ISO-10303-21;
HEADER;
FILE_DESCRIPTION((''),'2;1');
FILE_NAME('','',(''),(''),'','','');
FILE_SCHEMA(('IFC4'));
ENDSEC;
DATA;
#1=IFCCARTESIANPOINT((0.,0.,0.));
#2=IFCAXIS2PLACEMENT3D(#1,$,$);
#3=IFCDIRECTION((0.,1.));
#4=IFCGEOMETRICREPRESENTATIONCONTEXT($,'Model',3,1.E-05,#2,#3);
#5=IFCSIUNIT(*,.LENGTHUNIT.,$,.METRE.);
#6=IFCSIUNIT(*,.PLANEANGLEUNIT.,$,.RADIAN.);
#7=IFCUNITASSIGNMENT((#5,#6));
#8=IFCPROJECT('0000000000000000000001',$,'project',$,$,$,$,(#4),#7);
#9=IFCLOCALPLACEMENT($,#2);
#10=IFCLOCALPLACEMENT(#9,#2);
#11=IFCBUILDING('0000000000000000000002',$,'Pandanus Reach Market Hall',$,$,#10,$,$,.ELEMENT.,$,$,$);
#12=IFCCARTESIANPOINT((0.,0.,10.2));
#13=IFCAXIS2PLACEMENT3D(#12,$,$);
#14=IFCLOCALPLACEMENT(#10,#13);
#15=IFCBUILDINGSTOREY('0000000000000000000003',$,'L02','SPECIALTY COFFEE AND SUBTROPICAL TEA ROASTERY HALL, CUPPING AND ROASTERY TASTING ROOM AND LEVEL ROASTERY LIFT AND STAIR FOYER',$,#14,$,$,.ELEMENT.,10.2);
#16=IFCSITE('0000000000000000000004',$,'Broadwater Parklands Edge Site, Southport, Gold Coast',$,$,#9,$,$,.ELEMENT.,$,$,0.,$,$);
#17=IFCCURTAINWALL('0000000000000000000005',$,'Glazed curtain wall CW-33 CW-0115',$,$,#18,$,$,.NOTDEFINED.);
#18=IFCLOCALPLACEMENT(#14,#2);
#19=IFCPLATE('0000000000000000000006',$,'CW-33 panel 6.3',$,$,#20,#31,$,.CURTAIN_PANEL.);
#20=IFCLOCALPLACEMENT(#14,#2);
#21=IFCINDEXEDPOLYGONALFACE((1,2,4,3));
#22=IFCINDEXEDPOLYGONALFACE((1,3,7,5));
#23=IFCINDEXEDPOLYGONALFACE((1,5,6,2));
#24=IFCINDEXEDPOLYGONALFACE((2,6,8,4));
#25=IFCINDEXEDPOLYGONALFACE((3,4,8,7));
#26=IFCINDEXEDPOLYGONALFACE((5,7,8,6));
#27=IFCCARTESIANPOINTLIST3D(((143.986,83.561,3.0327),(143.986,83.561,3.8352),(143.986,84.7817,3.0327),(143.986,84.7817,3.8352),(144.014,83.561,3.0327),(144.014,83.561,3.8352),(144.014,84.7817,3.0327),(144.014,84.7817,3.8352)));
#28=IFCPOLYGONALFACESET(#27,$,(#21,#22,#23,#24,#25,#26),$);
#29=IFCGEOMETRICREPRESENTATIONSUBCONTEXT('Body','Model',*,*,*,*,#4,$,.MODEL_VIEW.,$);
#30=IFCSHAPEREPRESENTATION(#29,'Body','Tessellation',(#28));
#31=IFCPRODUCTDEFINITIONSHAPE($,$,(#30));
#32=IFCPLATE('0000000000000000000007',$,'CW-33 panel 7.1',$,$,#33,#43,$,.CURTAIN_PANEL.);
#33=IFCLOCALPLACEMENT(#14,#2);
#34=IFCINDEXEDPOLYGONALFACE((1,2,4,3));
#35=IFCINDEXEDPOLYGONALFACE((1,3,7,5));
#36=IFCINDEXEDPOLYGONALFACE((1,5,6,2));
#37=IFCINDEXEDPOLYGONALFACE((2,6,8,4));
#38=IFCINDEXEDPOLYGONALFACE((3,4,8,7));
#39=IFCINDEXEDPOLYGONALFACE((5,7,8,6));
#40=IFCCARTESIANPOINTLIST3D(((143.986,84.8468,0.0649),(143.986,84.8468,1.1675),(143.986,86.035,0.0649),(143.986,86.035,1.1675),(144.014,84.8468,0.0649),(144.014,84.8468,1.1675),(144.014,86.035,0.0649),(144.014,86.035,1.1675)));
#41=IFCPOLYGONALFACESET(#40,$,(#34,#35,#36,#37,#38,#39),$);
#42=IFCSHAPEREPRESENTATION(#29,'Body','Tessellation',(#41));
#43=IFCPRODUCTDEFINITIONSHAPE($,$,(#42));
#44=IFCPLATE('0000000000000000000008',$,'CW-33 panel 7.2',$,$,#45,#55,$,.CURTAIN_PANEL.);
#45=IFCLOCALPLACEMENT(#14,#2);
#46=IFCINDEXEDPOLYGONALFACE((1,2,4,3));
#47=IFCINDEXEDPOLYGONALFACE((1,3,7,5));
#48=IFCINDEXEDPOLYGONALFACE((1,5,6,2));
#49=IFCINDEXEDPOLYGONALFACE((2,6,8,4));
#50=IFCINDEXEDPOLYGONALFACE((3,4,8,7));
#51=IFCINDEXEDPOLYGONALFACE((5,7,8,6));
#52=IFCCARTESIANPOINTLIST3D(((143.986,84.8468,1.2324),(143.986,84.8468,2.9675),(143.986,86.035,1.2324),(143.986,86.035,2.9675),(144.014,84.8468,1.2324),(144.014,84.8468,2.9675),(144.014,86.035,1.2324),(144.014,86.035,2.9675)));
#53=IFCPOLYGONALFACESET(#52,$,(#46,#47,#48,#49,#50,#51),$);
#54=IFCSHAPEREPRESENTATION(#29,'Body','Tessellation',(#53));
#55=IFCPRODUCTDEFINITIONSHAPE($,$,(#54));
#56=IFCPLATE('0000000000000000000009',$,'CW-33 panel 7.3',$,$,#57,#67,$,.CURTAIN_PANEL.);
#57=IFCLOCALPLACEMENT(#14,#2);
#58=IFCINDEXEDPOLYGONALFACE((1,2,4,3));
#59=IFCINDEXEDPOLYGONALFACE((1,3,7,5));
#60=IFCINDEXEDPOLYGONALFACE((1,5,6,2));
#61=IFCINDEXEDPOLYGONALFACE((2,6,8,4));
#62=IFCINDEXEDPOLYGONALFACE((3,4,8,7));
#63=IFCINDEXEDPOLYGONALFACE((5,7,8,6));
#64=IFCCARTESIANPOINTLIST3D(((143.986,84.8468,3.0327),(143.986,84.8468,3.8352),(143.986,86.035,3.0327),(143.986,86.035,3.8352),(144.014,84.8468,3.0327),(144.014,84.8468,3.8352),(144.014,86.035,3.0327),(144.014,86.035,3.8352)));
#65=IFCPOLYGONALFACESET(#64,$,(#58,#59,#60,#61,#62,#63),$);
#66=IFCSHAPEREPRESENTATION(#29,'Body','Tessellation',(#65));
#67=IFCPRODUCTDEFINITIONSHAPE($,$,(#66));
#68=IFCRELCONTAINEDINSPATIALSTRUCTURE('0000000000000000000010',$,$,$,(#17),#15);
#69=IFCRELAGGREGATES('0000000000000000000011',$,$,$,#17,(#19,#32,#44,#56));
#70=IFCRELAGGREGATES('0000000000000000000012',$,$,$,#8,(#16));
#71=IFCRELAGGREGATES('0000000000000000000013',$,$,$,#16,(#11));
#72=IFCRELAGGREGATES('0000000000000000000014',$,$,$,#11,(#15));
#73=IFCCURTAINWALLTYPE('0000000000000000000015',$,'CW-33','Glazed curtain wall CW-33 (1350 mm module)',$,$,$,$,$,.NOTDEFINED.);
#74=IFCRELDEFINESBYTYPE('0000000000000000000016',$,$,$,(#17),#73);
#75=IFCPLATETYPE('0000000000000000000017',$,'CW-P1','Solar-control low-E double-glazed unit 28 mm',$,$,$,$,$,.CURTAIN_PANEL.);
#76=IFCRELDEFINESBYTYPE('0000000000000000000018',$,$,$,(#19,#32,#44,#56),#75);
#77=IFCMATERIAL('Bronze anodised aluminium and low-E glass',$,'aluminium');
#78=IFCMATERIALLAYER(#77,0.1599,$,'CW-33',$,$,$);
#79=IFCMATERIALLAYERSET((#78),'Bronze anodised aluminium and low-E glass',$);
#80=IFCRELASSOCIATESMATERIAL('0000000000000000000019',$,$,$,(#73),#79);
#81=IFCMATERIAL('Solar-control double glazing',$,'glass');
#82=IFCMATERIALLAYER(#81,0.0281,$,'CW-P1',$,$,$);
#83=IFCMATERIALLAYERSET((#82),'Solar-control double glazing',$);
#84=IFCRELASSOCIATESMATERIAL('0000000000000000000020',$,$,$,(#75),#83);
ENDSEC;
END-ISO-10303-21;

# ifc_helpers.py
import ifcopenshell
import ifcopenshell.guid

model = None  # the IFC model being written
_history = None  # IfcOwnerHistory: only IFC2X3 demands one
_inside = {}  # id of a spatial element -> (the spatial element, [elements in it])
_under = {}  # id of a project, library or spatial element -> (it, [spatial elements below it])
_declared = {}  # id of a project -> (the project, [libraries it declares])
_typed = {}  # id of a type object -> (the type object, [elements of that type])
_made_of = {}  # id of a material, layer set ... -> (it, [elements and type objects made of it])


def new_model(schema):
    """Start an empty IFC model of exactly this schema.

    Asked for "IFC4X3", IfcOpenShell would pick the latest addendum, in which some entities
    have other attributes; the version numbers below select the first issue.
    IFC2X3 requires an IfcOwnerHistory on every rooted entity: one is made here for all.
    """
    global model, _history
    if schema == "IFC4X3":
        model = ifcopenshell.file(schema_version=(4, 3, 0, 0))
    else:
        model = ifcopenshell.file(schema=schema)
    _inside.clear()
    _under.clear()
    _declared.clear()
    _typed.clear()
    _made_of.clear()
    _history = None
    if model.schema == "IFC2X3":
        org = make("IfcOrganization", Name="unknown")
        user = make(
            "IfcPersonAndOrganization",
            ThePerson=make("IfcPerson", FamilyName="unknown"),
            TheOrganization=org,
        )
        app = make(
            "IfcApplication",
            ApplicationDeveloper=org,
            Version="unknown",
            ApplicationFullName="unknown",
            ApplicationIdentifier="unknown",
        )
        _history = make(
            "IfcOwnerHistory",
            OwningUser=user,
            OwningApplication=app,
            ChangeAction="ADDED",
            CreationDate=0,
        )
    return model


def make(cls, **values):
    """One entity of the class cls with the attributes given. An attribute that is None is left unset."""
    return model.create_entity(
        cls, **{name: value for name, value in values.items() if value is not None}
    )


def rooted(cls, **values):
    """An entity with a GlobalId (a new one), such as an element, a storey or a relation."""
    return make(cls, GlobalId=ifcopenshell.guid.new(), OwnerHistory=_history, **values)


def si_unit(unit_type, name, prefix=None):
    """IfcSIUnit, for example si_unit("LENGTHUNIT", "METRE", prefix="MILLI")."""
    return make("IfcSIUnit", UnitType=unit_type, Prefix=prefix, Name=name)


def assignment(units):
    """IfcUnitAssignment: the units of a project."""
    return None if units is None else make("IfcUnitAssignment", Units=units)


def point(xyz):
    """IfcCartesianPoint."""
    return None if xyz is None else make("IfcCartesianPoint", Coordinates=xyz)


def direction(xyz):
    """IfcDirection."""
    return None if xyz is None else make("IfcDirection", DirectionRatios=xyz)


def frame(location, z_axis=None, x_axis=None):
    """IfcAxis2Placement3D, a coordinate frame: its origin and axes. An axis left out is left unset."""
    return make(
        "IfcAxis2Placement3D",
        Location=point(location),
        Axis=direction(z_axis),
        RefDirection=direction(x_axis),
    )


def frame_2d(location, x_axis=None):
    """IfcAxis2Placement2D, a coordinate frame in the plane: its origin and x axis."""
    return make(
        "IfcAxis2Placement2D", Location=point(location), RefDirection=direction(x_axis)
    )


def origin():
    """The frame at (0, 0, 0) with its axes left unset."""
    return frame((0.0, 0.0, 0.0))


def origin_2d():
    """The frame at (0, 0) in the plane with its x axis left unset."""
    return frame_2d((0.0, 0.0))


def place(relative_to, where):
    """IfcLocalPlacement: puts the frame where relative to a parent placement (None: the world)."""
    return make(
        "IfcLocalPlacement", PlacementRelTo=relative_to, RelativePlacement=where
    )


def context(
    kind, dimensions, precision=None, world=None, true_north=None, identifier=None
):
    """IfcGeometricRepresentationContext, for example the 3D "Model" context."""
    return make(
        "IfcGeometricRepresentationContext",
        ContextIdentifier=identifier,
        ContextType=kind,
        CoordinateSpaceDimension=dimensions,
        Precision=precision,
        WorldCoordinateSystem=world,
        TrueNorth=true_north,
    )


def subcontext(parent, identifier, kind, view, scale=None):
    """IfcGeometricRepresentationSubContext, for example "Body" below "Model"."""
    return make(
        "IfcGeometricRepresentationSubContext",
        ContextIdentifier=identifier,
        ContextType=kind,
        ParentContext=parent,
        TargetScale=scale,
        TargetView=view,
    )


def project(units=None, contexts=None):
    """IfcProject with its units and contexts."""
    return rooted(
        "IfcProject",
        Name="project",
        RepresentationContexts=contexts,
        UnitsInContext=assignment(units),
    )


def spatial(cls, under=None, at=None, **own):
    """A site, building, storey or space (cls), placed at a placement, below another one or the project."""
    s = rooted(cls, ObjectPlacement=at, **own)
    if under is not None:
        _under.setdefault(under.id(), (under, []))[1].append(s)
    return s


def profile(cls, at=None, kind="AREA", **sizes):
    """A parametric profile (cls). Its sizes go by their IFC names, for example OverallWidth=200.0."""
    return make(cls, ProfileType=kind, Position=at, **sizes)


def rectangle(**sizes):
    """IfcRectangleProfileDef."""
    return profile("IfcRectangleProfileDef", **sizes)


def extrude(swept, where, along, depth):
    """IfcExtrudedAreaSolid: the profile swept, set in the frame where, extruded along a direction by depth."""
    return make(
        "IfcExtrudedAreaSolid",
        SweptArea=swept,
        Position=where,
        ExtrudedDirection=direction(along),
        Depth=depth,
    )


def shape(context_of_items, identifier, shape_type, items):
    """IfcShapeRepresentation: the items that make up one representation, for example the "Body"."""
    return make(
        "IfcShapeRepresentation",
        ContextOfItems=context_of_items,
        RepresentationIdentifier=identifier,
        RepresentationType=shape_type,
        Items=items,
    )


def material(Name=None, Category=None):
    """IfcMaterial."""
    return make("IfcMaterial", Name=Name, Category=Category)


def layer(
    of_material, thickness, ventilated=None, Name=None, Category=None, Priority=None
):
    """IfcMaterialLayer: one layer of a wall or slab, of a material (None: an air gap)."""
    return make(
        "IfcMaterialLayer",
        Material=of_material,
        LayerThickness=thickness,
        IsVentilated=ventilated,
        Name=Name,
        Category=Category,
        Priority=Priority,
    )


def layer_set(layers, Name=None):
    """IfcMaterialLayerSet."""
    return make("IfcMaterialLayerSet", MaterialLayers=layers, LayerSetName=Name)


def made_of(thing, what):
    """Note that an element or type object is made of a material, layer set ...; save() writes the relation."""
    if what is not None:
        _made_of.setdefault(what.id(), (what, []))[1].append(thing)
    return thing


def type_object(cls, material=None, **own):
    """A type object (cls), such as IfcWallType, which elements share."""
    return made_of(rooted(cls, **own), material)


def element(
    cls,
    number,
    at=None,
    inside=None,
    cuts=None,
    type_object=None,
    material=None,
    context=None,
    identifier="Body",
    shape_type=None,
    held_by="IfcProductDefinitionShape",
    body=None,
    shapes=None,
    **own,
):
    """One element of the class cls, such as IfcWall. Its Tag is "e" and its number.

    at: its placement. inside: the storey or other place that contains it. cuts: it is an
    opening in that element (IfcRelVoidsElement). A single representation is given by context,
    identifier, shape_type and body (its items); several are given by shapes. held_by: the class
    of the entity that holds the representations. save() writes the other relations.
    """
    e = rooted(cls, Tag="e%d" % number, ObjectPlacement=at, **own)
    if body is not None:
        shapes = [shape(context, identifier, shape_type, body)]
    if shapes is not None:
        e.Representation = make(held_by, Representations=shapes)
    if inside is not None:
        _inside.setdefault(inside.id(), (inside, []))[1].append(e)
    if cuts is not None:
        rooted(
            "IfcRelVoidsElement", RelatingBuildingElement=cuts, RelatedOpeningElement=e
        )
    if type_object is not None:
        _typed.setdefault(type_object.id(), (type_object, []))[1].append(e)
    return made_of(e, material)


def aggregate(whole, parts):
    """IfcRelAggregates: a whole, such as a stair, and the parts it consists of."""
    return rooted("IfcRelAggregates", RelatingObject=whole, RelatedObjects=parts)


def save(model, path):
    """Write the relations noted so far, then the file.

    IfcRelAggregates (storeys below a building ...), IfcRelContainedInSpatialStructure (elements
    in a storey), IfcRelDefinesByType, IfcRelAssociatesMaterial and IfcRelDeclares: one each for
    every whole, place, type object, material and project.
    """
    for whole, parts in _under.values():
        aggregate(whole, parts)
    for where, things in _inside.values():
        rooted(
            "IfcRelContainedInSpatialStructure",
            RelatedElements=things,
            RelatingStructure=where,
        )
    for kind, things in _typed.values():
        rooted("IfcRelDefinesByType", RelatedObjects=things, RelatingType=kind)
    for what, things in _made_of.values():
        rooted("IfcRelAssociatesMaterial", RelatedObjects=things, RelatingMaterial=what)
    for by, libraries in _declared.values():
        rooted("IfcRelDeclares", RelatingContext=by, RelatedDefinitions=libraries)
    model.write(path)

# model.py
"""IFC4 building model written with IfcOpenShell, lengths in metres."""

from ifc_helpers import new_model, si_unit, direction, frame, origin, origin_2d, place, context, subcontext, project, spatial, rectangle, extrude, material, layer, layer_set, type_object, element, aggregate, save


model = new_model("IFC4")

# Units and contexts
model_context = context("Model", 3, precision=1e-05, world=origin(), true_north=direction((0.0, 1.0)))
body_context = subcontext(model_context, "Body", "Model", "MODEL_VIEW")
ifc_project = project(units=[si_unit("LENGTHUNIT", "METRE"), si_unit("PLANEANGLEUNIT", "RADIAN")], contexts=[model_context])

# Site, building, storey
site_placement = place(None, origin())
site = spatial("IfcSite", under=ifc_project, at=site_placement, Name="Broadwater Parklands Edge Site, Southport, Gold Coast", CompositionType="ELEMENT", RefElevation=0.0)
building_placement = place(site_placement, origin())
building = spatial("IfcBuilding", under=site, at=building_placement, Name="Pandanus Reach Market Hall", CompositionType="ELEMENT")
storey_placement = place(building_placement, frame((0.0, 0.0, 10.2)))
storey = spatial("IfcBuildingStorey", under=building, at=storey_placement, Name="L02", Description="SPECIALTY COFFEE AND SUBTROPICAL TEA ROASTERY HALL, CUPPING AND ROASTERY TASTING ROOM AND LEVEL ROASTERY LIFT AND STAIR FOYER", CompositionType="ELEMENT", Elevation=10.2)

# Curtain wall, plates
ifc_material_1 = material(Name="Bronze anodised aluminium and low-E glass", Category="aluminium")
ifc_layer_1 = layer(ifc_material_1, 0.1599, Name="CW-33")
ifc_layer_set_1 = layer_set([ifc_layer_1], Name="Bronze anodised aluminium and low-E glass")
curtain_wall_type = type_object("IfcCurtainWallType", Name="CW-33", Description="Glazed curtain wall CW-33 (1350 mm module)", PredefinedType="NOTDEFINED", material=ifc_layer_set_1)
curtain_wall_placement = place(storey_placement, origin())
curtain_wall = element("IfcCurtainWall", 1, at=curtain_wall_placement, inside=storey, type_object=curtain_wall_type, Name="Glazed curtain wall CW-33 CW-0115", PredefinedType="NOTDEFINED")
ifc_material_2 = material(Name="Solar-control double glazing", Category="glass")
ifc_layer_2 = layer(ifc_material_2, 0.0281, Name="CW-P1")
ifc_layer_set_2 = layer_set([ifc_layer_2], Name="Solar-control double glazing")
plate_type = type_object("IfcPlateType", Name="CW-P1", Description="Solar-control low-E double-glazed unit 28 mm", PredefinedType="CURTAIN_PANEL", material=ifc_layer_set_2)
plate_1_placement = place(storey_placement, frame((144.0, 84.1714, 3.0327), z_axis=(0.0, 0.0, 1.0), x_axis=(0.0, 1.0, 0.0)))
plate_1 = element("IfcPlate", 2, at=plate_1_placement, type_object=plate_type, Name="CW-33 panel 6.3", PredefinedType="CURTAIN_PANEL", context=body_context, shape_type="SweptSolid", body=[
    extrude(rectangle(XDim=1.2207, YDim=0.0281, at=origin_2d()), origin(), (0.0, 0.0, 1.0), 0.8025),
])
plate_2_placement = place(storey_placement, frame((144.0, 85.4409, 0.0649), z_axis=(0.0, 0.0, 1.0), x_axis=(0.0, 1.0, 0.0)))
plate_2 = element("IfcPlate", 3, at=plate_2_placement, type_object=plate_type, Name="CW-33 panel 7.1", PredefinedType="CURTAIN_PANEL", context=body_context, shape_type="SweptSolid", body=[
    extrude(rectangle(XDim=1.1882, YDim=0.0281, at=origin_2d()), origin(), (0.0, 0.0, 1.0), 1.1025),
])
plate_3_placement = place(storey_placement, frame((144.0, 85.4409, 1.2324), z_axis=(0.0, 0.0, 1.0), x_axis=(0.0, 1.0, 0.0)))
plate_3 = element("IfcPlate", 4, at=plate_3_placement, type_object=plate_type, Name="CW-33 panel 7.2", PredefinedType="CURTAIN_PANEL", context=body_context, shape_type="SweptSolid", body=[
    extrude(rectangle(XDim=1.1882, YDim=0.0281, at=origin_2d()), origin(), (0.0, 0.0, 1.0), 1.7351),
])
plate_4_placement = place(storey_placement, frame((144.0, 85.4409, 3.0327), z_axis=(0.0, 0.0, 1.0), x_axis=(0.0, 1.0, 0.0)))
plate_4 = element("IfcPlate", 5, at=plate_4_placement, type_object=plate_type, Name="CW-33 panel 7.3", PredefinedType="CURTAIN_PANEL", context=body_context, shape_type="SweptSolid", body=[
    extrude(rectangle(XDim=1.1882, YDim=0.0281, at=origin_2d()), origin(), (0.0, 0.0, 1.0), 0.8025),
])
aggregate(curtain_wall, [plate_1, plate_2, plate_3, plate_4])

save(model, "model.ifc")
